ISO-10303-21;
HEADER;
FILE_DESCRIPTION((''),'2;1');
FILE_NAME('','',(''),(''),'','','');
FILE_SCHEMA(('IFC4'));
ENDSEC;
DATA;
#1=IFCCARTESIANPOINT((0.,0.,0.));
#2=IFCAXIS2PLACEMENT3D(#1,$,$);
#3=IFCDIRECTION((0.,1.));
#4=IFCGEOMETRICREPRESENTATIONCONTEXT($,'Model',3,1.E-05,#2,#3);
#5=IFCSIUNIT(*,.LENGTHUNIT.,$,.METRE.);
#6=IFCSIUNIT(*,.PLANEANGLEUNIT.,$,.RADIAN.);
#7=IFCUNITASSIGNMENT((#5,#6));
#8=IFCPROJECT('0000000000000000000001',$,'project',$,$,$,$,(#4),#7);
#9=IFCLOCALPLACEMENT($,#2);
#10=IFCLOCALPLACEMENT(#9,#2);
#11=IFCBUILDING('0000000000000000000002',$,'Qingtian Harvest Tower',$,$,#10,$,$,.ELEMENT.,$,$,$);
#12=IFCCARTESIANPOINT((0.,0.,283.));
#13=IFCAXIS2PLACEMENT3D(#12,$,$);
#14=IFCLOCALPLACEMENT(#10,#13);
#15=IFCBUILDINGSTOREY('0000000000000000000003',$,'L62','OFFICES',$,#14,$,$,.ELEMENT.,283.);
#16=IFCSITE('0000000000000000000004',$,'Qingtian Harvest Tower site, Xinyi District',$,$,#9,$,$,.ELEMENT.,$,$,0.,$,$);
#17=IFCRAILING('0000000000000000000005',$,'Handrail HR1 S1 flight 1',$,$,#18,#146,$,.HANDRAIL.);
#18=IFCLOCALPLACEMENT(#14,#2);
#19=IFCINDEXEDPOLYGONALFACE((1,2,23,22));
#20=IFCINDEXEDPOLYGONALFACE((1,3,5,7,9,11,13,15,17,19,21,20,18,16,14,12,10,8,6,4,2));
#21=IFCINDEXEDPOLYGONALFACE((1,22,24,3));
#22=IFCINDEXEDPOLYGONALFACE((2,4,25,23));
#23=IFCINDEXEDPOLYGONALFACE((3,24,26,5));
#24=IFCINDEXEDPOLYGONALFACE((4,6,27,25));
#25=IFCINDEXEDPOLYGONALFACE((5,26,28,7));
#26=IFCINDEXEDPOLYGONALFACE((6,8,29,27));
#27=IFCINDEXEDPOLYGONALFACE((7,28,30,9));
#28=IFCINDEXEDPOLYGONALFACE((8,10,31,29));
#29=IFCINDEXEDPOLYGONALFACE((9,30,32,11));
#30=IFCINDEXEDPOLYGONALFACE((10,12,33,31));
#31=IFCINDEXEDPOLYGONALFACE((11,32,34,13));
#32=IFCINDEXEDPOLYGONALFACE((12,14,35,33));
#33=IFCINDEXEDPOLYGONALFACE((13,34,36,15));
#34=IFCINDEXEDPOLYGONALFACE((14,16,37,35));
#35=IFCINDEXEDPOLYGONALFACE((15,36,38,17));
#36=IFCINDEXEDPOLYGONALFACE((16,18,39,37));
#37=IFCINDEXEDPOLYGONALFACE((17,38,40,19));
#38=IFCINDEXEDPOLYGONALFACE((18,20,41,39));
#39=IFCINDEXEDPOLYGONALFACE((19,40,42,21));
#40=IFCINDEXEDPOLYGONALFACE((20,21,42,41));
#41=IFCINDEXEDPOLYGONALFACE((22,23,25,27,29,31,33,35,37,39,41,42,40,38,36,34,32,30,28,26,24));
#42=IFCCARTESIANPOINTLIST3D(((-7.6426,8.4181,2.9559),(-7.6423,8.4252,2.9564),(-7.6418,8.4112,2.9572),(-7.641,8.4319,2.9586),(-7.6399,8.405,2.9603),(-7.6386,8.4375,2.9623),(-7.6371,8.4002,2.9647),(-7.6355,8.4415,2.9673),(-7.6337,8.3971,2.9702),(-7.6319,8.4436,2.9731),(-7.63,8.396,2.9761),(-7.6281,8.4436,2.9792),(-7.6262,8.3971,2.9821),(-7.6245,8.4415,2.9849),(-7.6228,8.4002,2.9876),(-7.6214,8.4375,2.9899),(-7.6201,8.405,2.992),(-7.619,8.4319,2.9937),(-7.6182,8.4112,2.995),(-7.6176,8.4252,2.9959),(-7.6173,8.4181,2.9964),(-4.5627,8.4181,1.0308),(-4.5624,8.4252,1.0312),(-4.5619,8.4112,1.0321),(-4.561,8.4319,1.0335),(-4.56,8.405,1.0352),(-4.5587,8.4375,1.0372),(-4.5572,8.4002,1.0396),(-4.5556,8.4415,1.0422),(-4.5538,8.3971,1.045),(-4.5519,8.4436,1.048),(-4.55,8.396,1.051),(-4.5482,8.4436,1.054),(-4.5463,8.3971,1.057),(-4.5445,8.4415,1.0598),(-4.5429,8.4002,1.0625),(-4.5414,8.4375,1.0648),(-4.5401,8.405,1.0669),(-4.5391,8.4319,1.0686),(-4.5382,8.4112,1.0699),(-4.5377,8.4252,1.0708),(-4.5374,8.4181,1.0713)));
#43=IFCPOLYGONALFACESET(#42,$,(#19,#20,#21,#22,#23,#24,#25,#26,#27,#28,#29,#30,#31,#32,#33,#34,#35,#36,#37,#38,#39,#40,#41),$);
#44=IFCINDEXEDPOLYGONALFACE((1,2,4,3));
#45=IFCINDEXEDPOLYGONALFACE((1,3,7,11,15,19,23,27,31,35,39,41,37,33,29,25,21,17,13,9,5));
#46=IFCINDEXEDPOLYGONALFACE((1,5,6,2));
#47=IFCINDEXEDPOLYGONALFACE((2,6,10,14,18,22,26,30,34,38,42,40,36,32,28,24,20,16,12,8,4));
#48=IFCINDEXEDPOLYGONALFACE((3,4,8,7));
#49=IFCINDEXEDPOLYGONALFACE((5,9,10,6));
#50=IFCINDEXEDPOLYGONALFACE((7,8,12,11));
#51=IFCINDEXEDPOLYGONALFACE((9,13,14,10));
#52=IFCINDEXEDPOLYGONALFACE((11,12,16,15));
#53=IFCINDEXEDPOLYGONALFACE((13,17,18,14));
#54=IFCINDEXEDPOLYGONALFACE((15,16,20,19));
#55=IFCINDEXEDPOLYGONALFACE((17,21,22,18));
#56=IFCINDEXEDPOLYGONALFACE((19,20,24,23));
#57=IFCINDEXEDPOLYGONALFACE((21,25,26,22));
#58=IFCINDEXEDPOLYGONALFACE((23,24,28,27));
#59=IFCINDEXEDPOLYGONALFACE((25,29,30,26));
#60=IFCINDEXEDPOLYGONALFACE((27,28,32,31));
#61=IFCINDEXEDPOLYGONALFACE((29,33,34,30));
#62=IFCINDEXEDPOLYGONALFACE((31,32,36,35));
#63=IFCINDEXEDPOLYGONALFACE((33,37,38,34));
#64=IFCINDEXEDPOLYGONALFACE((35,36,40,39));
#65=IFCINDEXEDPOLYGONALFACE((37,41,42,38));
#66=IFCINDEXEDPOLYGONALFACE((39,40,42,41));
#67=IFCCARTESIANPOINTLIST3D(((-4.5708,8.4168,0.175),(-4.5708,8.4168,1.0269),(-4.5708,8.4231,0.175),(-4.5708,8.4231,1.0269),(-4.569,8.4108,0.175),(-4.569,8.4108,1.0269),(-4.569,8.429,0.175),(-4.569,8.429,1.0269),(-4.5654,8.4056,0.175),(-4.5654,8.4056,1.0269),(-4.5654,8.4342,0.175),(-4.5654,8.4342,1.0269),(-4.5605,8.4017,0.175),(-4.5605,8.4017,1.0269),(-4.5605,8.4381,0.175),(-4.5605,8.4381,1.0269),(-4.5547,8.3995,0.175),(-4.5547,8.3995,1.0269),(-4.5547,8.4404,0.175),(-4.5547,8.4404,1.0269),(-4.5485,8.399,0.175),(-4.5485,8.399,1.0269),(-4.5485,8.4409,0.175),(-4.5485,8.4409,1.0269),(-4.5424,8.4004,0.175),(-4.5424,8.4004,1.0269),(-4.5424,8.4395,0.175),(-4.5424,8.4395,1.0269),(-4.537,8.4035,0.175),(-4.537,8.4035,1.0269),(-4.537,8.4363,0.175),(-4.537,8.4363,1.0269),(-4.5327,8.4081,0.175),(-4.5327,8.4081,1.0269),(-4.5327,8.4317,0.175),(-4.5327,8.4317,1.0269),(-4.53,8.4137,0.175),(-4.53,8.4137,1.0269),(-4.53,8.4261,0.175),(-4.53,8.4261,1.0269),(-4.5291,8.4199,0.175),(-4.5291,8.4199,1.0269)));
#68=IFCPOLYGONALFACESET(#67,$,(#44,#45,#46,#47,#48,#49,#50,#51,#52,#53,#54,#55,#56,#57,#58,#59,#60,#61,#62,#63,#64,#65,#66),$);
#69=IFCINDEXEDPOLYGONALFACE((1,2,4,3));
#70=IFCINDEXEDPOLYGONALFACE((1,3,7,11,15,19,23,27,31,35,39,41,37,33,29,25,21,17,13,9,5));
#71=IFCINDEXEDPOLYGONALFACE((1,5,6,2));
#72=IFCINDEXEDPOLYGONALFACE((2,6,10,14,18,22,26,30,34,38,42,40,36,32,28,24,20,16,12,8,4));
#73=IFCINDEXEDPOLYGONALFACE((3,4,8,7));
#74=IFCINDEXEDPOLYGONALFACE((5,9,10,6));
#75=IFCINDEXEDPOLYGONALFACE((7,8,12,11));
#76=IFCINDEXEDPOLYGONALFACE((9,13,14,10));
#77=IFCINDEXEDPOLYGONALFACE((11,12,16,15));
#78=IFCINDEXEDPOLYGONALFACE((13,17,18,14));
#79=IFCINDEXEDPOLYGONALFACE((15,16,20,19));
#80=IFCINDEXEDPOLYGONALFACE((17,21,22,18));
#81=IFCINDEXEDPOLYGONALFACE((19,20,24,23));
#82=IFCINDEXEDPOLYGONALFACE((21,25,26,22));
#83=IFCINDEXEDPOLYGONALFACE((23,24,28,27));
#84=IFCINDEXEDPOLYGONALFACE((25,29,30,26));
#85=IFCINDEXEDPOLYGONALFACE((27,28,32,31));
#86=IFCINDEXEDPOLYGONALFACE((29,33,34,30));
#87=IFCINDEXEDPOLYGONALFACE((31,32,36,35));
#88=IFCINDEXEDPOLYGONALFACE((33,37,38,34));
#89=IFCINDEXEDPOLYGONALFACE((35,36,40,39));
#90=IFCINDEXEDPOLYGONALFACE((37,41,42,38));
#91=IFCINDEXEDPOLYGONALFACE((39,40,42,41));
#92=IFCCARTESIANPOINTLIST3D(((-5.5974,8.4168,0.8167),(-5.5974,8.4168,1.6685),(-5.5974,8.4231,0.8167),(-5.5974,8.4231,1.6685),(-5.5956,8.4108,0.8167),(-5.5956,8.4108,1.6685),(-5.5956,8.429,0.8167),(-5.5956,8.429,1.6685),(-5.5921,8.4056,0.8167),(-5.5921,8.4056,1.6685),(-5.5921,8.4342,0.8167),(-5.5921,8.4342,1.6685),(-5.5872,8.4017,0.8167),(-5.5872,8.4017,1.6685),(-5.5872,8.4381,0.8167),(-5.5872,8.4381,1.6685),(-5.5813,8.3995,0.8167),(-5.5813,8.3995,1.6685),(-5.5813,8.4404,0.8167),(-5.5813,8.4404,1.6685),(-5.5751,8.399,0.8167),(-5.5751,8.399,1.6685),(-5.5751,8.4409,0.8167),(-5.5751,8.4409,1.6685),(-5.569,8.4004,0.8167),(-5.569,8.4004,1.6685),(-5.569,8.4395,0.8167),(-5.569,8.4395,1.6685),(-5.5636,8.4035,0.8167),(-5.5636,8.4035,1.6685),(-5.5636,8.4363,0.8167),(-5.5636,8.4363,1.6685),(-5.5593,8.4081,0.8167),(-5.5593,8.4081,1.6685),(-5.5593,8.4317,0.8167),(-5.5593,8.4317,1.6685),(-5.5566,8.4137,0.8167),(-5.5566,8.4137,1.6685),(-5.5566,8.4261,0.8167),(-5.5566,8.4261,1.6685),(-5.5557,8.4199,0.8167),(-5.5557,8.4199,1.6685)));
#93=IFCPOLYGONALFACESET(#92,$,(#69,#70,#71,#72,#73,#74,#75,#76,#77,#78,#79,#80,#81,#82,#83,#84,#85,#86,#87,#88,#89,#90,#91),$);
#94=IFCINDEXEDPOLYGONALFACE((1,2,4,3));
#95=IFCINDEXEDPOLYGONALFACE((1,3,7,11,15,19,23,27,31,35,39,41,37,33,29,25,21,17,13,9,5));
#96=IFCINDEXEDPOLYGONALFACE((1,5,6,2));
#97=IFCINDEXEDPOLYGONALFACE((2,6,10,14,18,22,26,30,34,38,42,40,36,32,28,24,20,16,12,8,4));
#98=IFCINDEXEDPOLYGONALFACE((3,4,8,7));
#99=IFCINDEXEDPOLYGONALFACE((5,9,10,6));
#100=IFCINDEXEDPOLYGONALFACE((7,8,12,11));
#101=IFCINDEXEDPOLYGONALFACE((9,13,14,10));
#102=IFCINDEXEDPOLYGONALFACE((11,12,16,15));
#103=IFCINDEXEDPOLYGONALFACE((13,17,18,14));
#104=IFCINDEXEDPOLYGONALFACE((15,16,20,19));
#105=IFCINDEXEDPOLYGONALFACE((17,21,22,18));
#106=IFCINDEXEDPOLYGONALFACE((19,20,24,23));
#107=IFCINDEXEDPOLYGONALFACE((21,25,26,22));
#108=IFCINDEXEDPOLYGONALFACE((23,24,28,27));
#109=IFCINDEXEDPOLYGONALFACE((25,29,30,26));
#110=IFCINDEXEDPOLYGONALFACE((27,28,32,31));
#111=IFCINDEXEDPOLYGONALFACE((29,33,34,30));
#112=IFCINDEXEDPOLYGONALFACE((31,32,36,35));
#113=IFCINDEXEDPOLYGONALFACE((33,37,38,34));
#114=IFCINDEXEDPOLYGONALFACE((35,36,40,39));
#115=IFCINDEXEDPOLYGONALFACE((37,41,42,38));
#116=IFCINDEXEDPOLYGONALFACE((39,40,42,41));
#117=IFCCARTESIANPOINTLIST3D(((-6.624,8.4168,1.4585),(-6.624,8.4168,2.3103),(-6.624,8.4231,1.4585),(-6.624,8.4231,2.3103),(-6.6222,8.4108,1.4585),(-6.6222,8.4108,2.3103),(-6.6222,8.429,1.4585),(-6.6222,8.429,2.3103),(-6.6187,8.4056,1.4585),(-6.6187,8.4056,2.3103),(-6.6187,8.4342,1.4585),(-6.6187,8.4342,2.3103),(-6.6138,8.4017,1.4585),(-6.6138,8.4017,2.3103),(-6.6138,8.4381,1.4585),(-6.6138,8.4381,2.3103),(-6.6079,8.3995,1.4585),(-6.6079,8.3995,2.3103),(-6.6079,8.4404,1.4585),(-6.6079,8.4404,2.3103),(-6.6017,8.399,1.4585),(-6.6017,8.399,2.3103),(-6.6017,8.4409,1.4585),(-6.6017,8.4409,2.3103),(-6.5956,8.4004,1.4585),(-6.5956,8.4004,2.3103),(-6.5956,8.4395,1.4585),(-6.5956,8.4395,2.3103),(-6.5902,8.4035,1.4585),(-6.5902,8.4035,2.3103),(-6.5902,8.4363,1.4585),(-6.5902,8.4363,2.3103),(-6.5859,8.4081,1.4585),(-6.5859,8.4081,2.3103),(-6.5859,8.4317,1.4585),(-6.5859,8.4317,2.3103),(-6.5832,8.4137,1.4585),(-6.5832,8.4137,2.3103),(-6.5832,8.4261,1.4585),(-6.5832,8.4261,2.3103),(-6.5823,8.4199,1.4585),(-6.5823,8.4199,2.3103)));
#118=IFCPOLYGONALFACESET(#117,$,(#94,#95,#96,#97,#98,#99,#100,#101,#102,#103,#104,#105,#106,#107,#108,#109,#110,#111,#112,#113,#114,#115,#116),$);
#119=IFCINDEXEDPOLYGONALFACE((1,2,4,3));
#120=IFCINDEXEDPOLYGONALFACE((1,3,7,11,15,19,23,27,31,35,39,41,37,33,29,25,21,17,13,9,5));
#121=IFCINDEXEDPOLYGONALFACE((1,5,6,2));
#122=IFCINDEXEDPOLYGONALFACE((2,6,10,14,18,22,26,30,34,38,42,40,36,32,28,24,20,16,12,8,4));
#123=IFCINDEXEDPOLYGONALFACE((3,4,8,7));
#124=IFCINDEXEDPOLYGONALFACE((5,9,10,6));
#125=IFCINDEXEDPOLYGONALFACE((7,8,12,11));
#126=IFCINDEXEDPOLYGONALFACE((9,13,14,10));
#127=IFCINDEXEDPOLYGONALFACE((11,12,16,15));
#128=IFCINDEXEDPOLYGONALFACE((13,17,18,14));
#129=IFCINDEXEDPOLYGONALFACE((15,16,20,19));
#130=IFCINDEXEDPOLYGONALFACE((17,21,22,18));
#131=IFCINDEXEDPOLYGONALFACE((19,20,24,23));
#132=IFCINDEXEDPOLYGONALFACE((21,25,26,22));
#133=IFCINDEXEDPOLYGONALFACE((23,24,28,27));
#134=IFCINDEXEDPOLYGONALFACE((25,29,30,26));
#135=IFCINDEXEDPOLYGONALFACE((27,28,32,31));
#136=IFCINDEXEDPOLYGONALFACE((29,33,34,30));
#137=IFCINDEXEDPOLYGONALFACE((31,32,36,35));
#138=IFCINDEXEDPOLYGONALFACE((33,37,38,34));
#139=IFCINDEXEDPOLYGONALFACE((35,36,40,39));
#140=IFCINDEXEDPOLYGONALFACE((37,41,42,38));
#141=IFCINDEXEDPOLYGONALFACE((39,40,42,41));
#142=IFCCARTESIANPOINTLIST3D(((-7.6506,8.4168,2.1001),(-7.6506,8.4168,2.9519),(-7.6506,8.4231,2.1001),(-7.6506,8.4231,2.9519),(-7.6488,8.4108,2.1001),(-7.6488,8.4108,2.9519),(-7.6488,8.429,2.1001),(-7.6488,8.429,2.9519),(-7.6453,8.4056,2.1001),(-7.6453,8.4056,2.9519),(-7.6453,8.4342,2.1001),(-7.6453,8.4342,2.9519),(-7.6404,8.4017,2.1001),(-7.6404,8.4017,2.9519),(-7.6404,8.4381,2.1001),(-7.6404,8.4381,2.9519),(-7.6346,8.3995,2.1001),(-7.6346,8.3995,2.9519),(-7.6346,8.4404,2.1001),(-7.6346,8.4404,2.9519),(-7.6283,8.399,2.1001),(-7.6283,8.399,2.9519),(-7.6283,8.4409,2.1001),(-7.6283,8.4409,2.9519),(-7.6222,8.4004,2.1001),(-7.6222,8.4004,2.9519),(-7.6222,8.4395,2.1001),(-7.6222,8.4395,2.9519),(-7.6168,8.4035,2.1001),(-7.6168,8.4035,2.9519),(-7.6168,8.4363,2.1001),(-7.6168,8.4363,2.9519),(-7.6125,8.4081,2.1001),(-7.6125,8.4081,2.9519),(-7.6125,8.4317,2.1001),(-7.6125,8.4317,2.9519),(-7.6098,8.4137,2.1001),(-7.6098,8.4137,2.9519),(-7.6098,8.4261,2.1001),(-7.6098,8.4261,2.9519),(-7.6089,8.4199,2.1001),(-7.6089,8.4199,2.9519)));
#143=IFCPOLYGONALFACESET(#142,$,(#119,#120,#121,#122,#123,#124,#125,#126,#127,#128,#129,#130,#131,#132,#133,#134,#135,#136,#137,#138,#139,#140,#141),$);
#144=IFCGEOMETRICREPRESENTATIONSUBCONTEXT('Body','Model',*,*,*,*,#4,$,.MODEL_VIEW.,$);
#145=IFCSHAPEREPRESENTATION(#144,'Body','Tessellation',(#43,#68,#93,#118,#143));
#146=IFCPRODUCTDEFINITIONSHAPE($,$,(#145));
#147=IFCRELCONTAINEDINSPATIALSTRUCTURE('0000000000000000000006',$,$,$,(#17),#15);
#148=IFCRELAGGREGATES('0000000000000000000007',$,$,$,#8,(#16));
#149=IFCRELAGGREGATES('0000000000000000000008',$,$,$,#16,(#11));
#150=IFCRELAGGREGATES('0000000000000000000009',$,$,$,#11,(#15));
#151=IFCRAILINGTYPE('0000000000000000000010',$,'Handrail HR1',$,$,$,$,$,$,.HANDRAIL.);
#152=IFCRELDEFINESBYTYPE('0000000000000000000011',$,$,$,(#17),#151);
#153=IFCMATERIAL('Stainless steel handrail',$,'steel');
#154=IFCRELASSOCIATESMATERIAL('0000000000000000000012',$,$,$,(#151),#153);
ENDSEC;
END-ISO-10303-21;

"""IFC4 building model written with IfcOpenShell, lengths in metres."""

from ifc_helpers import new_model, si_unit, direction, frame, origin, origin_2d, place, context, subcontext, project, spatial, circle, extrude, material, type_object, element, save


model = new_model("IFC4")

# Units and contexts
model_context = context("Model", 3, precision=1e-05, world=origin(), true_north=direction((0.0, 1.0)))
body_context = subcontext(model_context, "Body", "Model", "MODEL_VIEW")
ifc_project = project(units=[si_unit("LENGTHUNIT", "METRE"), si_unit("PLANEANGLEUNIT", "RADIAN")], contexts=[model_context])

# Site, building, storey
site_placement = place(None, origin())
site = spatial("IfcSite", under=ifc_project, at=site_placement, Name="Qingtian Harvest Tower site, Xinyi District", CompositionType="ELEMENT", RefElevation=0.0)
building_placement = place(site_placement, origin())
building = spatial("IfcBuilding", under=site, at=building_placement, Name="Qingtian Harvest Tower", CompositionType="ELEMENT")
storey_placement = place(building_placement, frame((0.0, 0.0, 283.0)))
storey = spatial("IfcBuildingStorey", under=building, at=storey_placement, Name="L62", Description="OFFICES", CompositionType="ELEMENT", Elevation=283.0)

# Railing
ifc_material_1 = material(Name="Stainless steel handrail", Category="steel")
railing_type = type_object("IfcRailingType", Name="Handrail HR1", PredefinedType="HANDRAIL", material=ifc_material_1)
railing_1_placement = place(storey_placement, frame((-4.55, 8.4199, 0.175)))
element("IfcRailing", 1, at=railing_1_placement, inside=storey, type_object=railing_type, Name="Handrail HR1 S1 flight 1", PredefinedType="HANDRAIL", context=body_context, shape_type="SweptSolid", body=[
    extrude(circle(Radius=0.0239, at=origin_2d()), frame((0.0, 0.0, 0.876), z_axis=(-0.847979, 0.0, 0.530029), x_axis=(0.0, -1.0, 0.0)), (0.0, 0.0, 1.0), 3.6321),
    extrude(circle(Radius=0.021, at=origin_2d()), origin(), (0.0, 0.0, 1.0), 0.8518),
    extrude(circle(Radius=0.021, at=origin_2d()), frame((-1.0266, 0.0, 0.6416)), (0.0, 0.0, 1.0), 0.8518),
    extrude(circle(Radius=0.021, at=origin_2d()), frame((-2.0532, 0.0, 1.2834)), (0.0, 0.0, 1.0), 0.8518),
    extrude(circle(Radius=0.021, at=origin_2d()), frame((-3.0798, 0.0, 1.925)), (0.0, 0.0, 1.0), 0.8518),
])

save(model, "model.ifc")
